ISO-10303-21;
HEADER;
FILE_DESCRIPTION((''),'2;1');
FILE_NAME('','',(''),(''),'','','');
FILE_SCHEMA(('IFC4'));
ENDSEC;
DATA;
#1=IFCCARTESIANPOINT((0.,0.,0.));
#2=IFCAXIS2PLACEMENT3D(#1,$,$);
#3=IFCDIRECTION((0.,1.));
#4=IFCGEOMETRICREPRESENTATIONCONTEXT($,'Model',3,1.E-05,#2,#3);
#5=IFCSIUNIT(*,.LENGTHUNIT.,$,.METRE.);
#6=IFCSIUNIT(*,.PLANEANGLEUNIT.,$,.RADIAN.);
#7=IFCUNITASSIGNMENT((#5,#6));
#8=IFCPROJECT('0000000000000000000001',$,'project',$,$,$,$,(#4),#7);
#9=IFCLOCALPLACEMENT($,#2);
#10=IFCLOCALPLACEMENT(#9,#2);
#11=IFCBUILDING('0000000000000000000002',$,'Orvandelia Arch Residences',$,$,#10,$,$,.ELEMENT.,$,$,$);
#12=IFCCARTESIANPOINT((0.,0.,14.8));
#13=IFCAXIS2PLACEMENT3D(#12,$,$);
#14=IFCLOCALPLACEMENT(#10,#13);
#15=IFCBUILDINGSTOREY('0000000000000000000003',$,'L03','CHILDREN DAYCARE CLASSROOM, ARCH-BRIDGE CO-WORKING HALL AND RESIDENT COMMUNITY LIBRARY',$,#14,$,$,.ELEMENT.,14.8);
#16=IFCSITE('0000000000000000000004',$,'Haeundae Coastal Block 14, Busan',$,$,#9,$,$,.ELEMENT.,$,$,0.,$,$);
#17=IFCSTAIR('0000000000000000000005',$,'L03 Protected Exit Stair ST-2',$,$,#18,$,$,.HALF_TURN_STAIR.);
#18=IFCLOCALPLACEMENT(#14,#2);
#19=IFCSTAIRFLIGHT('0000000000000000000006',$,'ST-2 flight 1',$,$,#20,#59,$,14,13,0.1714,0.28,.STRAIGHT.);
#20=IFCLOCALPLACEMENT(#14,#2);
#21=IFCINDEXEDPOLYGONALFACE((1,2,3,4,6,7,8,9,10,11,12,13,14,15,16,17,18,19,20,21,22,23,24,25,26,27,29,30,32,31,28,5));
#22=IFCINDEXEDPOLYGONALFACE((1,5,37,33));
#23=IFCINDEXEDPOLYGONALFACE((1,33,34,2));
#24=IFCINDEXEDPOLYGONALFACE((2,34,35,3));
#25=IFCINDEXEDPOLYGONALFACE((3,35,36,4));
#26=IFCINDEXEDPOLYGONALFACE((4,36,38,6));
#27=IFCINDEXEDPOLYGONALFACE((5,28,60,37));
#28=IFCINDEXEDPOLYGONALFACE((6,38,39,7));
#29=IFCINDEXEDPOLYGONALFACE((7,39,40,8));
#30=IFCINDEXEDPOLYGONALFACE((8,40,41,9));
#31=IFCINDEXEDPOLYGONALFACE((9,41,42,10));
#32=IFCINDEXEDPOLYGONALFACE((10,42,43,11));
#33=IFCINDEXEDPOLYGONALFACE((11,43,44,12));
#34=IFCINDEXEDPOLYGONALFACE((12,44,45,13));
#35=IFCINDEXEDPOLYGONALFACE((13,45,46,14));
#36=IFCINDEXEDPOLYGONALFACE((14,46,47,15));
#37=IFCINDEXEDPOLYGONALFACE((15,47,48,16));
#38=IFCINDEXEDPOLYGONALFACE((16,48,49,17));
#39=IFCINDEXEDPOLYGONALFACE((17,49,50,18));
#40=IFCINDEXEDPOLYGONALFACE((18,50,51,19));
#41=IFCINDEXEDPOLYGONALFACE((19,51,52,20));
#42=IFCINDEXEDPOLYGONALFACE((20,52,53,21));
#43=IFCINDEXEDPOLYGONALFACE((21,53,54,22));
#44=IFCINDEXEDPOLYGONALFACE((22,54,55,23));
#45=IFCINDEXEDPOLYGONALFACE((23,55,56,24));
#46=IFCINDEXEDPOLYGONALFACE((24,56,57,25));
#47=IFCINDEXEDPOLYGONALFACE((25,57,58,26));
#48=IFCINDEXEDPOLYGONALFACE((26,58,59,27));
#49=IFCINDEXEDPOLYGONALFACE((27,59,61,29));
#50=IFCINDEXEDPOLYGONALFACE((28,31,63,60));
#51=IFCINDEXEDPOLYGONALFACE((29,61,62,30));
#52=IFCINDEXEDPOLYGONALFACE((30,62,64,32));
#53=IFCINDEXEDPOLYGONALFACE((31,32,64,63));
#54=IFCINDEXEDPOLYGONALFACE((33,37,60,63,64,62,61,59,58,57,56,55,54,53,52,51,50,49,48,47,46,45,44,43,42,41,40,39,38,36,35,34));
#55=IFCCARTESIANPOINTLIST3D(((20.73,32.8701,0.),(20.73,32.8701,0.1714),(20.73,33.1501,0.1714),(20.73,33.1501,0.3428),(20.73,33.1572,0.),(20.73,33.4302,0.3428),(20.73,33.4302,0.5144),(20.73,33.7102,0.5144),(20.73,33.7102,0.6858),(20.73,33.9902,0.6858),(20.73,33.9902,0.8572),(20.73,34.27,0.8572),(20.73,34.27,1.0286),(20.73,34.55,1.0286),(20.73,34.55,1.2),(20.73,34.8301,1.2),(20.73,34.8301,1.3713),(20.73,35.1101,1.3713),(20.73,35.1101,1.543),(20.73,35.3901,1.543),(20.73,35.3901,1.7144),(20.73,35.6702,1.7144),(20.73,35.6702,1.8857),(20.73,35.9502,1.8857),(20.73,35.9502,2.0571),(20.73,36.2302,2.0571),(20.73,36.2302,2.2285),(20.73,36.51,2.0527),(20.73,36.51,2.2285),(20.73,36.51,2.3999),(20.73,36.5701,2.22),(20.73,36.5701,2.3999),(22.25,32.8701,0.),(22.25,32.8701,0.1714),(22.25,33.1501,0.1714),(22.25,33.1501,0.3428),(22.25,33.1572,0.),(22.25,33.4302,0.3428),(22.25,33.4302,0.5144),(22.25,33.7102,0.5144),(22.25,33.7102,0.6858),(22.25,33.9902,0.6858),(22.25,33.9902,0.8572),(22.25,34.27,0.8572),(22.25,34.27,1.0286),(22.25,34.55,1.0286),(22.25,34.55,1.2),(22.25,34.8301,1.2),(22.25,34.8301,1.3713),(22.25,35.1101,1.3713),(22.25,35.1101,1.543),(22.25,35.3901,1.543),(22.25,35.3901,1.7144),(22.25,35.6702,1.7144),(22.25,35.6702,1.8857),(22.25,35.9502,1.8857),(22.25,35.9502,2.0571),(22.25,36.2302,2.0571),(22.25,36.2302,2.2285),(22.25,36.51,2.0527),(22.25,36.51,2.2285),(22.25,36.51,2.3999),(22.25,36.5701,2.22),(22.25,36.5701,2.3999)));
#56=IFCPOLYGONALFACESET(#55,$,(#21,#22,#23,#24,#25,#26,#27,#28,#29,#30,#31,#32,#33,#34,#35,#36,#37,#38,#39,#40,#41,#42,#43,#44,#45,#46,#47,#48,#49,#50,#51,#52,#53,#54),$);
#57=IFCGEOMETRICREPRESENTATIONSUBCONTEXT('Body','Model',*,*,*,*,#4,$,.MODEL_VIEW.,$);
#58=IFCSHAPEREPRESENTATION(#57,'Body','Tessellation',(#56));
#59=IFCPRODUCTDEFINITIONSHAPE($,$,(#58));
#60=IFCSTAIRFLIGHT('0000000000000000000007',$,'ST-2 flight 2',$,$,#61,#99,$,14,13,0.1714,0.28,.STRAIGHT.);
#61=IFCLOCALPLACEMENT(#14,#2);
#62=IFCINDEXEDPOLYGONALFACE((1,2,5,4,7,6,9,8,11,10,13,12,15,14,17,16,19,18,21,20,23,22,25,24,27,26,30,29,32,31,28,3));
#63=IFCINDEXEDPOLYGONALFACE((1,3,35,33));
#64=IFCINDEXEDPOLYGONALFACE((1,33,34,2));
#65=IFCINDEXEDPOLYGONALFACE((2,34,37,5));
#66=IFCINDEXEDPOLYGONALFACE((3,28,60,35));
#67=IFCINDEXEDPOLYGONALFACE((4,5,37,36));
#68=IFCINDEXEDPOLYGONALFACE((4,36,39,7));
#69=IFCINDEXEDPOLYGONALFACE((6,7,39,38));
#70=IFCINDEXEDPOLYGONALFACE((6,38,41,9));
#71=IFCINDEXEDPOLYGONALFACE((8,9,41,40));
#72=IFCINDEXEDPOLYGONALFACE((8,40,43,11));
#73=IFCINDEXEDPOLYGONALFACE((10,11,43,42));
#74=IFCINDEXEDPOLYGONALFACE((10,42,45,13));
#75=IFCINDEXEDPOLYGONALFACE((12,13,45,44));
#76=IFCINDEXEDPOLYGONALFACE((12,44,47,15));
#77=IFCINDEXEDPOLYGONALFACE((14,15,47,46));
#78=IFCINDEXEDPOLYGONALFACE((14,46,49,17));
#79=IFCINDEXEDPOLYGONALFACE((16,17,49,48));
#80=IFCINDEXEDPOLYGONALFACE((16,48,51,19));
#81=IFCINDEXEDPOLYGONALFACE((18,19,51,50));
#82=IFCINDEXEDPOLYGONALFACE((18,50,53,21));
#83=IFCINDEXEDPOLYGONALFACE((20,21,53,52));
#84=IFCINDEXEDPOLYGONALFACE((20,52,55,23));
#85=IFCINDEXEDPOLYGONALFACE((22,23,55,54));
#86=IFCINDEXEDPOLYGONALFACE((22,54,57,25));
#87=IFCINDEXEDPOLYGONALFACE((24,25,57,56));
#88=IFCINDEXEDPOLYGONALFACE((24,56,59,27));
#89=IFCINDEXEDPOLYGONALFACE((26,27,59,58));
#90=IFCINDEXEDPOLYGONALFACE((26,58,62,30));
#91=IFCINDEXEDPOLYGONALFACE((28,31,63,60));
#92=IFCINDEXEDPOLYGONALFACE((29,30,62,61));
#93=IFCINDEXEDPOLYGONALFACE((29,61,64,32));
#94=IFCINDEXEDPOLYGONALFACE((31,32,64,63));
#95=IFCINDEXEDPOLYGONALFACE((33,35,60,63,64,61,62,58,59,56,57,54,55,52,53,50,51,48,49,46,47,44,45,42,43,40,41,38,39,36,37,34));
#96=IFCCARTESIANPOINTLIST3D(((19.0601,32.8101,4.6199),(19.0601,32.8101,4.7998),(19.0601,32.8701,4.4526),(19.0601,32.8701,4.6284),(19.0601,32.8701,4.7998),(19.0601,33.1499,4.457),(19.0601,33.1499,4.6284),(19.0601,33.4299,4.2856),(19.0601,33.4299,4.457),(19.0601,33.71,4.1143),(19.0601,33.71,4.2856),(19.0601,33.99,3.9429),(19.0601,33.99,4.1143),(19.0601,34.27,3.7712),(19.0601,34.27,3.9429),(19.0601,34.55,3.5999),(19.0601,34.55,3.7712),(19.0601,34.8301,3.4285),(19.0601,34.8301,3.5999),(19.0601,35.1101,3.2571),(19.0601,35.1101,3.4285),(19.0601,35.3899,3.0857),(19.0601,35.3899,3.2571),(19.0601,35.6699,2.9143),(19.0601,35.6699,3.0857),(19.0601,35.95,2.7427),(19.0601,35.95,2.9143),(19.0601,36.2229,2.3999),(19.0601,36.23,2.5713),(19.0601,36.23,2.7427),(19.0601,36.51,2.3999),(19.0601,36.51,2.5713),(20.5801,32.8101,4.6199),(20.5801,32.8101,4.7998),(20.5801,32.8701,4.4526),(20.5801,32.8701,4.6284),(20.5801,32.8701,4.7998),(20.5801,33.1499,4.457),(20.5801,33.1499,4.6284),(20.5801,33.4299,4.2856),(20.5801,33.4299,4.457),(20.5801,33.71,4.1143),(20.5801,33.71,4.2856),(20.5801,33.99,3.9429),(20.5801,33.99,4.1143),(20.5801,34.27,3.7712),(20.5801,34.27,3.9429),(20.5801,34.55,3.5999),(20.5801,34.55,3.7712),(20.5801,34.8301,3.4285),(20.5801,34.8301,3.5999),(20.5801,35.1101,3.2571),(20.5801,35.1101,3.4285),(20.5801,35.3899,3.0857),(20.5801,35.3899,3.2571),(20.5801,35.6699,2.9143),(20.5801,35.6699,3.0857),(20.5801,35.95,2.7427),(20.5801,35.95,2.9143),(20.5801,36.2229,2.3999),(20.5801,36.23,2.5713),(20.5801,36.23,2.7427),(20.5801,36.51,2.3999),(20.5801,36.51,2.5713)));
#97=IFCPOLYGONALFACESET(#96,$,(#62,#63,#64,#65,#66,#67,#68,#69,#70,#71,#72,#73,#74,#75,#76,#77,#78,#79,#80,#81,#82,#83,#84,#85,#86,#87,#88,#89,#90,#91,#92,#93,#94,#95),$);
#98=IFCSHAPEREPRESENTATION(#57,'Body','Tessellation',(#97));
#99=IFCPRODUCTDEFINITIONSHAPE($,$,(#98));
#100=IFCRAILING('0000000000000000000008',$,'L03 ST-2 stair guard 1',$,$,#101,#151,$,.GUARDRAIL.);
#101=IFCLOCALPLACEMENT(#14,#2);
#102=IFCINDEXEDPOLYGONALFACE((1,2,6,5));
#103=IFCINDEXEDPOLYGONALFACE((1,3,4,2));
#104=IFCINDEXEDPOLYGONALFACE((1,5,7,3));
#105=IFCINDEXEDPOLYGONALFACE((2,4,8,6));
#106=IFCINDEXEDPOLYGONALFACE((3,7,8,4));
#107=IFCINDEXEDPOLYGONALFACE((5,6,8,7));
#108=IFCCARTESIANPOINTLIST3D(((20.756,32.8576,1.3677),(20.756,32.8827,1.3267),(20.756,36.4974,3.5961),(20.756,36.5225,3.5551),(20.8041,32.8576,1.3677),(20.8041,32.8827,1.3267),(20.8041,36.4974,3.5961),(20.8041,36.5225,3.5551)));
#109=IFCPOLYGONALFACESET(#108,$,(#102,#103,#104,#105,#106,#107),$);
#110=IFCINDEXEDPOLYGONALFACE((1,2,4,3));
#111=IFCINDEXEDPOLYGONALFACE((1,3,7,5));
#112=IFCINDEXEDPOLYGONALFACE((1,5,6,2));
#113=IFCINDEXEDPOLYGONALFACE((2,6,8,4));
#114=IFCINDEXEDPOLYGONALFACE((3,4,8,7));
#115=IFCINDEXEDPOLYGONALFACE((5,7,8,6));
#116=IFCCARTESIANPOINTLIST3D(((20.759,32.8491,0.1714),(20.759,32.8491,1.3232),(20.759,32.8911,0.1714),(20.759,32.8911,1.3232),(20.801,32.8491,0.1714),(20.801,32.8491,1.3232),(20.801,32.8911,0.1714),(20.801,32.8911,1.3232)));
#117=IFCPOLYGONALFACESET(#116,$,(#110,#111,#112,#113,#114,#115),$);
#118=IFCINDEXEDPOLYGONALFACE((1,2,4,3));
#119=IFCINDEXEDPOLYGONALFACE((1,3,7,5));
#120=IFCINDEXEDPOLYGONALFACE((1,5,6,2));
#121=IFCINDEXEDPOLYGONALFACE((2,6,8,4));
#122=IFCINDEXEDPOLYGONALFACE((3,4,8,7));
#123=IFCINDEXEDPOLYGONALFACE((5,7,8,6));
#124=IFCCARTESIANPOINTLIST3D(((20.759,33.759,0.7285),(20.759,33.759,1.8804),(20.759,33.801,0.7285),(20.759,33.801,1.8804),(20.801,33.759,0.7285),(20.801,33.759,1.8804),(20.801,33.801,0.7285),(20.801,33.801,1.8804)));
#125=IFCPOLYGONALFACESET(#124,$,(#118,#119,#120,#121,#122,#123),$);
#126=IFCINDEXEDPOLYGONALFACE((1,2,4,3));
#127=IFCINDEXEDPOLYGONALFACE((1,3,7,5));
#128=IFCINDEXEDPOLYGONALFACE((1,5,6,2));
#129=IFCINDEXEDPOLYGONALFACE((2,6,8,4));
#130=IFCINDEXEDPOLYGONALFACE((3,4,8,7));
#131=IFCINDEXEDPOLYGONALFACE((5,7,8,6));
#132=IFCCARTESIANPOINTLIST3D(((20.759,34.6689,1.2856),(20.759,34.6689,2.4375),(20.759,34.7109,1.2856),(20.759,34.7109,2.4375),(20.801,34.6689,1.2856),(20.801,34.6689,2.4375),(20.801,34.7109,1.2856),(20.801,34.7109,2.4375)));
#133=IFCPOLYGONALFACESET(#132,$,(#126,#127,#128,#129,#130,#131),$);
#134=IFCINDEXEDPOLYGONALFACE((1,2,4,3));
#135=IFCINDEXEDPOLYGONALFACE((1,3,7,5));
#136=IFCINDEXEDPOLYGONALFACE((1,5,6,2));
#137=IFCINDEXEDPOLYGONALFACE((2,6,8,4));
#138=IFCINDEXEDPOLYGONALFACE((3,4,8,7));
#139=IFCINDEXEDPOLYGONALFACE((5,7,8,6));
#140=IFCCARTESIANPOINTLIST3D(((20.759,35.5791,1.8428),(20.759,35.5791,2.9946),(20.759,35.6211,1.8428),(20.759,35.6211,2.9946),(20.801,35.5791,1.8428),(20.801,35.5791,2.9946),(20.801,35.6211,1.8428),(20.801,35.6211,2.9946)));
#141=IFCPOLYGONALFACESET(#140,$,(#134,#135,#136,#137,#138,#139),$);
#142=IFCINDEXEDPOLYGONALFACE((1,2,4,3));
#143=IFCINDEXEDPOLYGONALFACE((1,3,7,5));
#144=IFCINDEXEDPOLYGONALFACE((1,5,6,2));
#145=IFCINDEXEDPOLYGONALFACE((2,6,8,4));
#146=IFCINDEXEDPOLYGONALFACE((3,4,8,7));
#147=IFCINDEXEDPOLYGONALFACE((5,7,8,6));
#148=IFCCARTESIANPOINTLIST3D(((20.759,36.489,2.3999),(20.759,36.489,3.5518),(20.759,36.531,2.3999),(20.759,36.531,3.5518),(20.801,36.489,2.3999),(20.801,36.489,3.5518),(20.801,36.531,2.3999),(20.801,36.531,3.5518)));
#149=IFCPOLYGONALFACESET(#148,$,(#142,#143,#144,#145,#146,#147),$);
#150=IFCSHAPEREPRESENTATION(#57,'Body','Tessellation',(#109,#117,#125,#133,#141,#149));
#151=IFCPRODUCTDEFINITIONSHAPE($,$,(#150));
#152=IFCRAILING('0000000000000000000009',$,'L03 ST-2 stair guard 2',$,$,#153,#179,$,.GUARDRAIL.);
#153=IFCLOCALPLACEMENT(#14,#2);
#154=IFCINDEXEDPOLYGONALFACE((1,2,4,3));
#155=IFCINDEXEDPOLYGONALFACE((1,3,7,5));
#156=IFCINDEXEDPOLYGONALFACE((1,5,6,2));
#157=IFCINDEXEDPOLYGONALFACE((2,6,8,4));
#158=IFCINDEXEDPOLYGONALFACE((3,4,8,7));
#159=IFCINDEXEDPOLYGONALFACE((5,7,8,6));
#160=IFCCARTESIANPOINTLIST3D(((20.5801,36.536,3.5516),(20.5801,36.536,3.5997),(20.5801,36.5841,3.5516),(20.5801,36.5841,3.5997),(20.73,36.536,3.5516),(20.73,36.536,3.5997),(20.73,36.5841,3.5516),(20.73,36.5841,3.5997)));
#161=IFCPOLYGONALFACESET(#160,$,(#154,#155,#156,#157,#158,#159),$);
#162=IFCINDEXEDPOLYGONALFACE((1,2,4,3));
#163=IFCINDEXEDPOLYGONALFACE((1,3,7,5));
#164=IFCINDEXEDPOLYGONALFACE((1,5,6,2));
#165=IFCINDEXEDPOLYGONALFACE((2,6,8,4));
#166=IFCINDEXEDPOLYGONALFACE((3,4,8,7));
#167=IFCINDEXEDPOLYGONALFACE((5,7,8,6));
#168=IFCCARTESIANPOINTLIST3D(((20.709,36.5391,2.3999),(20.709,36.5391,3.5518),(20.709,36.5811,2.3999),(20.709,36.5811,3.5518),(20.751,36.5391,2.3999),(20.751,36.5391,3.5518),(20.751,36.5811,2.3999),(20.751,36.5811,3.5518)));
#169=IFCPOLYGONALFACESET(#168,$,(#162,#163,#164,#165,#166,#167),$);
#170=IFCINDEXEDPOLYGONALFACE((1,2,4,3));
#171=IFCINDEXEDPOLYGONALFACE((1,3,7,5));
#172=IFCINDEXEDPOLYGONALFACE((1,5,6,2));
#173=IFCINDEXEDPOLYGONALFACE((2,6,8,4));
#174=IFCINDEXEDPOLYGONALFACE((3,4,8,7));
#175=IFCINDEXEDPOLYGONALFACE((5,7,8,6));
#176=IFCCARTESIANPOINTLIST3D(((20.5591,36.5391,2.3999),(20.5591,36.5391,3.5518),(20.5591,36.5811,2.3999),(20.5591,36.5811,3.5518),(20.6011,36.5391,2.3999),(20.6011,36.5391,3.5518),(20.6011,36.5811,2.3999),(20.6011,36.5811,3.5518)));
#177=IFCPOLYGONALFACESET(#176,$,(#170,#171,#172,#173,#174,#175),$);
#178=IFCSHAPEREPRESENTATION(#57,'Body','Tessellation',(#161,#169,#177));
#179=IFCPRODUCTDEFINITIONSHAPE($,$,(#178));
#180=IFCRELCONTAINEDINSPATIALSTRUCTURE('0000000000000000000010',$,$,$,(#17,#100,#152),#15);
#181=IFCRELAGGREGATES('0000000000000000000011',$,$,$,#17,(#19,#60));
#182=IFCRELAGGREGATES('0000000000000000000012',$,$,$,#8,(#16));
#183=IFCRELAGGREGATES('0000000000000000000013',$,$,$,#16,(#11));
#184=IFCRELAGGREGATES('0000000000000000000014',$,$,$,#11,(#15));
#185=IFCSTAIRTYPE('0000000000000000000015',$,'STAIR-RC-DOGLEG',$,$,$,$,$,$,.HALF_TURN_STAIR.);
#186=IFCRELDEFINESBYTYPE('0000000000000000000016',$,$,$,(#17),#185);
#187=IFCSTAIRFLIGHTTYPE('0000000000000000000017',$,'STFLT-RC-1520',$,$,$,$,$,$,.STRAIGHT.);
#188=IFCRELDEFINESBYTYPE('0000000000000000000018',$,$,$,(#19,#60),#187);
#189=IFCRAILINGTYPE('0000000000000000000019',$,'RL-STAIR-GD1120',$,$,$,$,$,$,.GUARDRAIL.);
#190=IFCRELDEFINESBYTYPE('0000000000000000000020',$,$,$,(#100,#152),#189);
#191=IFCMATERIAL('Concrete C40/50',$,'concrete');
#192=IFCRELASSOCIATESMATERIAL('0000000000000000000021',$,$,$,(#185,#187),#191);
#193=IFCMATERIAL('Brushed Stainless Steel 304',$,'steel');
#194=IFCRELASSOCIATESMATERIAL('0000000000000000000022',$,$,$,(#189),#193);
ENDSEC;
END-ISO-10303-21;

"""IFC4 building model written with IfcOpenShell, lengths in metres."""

from ifc_helpers import new_model, si_unit, direction, frame, origin, origin_2d, place, context, subcontext, project, spatial, polyline, rectangle, outline, extrude, material, type_object, element, aggregate, save


model = new_model("IFC4")

# Units and contexts
model_context = context("Model", 3, precision=1e-05, world=origin(), true_north=direction((0.0, 1.0)))
body_context = subcontext(model_context, "Body", "Model", "MODEL_VIEW")
ifc_project = project(units=[si_unit("LENGTHUNIT", "METRE"), si_unit("PLANEANGLEUNIT", "RADIAN")], contexts=[model_context])

# Site, building, storey
site_placement = place(None, origin())
site = spatial("IfcSite", under=ifc_project, at=site_placement, Name="Haeundae Coastal Block 14, Busan", CompositionType="ELEMENT", RefElevation=0.0)
building_placement = place(site_placement, origin())
building = spatial("IfcBuilding", under=site, at=building_placement, Name="Orvandelia Arch Residences", CompositionType="ELEMENT")
storey_placement = place(building_placement, frame((0.0, 0.0, 14.8)))
storey = spatial("IfcBuildingStorey", under=building, at=storey_placement, Name="L03", Description="CHILDREN DAYCARE CLASSROOM, ARCH-BRIDGE CO-WORKING HALL AND RESIDENT COMMUNITY LIBRARY", CompositionType="ELEMENT", Elevation=14.8)

# Stair, stair flights
ifc_material_1 = material(Name="Concrete C40/50", Category="concrete")
stair_type = type_object("IfcStairType", Name="STAIR-RC-DOGLEG", PredefinedType="HALF_TURN_STAIR", material=ifc_material_1)
stair_placement = place(storey_placement, origin())
stair = element("IfcStair", 1, at=stair_placement, inside=storey, type_object=stair_type, Name="L03 Protected Exit Stair ST-2", PredefinedType="HALF_TURN_STAIR")
stair_flight_type = type_object("IfcStairFlightType", Name="STFLT-RC-1520", PredefinedType="STRAIGHT", material=ifc_material_1)
stair_flight_1_placement = place(storey_placement, frame((21.49, 32.8701, 0.0), z_axis=(0.0, 0.0, 1.0), x_axis=(0.0, 1.0, 0.0)))
stair_flight_1 = element("IfcStairFlight", 2, at=stair_flight_1_placement, type_object=stair_flight_type, Name="ST-2 flight 1", NumberOfRisers=14, NumberOfTreads=13, PredefinedType="STRAIGHT", RiserHeight=0.1714, TreadLength=0.28, context=body_context, shape_type="SweptSolid", body=[
    extrude(outline(polyline([(0.0, 0.0), (0.0, 0.1714), (0.28, 0.1714), (0.28, 0.3428), (0.5601, 0.3428), (0.5601, 0.5144), (0.8401, 0.5144), (0.8401, 0.6858), (1.1201, 0.6858), (1.1201, 0.8572), (1.3999, 0.8572), (1.3999, 1.0286), (1.6799, 1.0286), (1.6799, 1.2), (1.96, 1.2), (1.96, 1.3713), (2.24, 1.3713), (2.24, 1.543), (2.52, 1.543), (2.52, 1.7144), (2.8, 1.7144), (2.8, 1.8857), (3.0801, 1.8857), (3.0801, 2.0571), (3.3601, 2.0571), (3.3601, 2.2285), (3.6399, 2.2285), (3.6399, 2.3999), (3.7, 2.3999), (3.7, 2.22), (3.6399, 2.0527), (0.2871, 0.0), (0.0, 0.0)])), frame((0.0, 0.76, 0.0), z_axis=(0.0, -1.0, 0.0), x_axis=(1.0, 0.0, 0.0)), (0.0, 0.0, 1.0), 1.52),
])
stair_flight_2_placement = place(storey_placement, frame((19.8201, 36.51, 2.3999), z_axis=(0.0, 0.0, 1.0), x_axis=(0.0, -1.0, 0.0)))
stair_flight_2 = element("IfcStairFlight", 3, at=stair_flight_2_placement, type_object=stair_flight_type, Name="ST-2 flight 2", NumberOfRisers=14, NumberOfTreads=13, PredefinedType="STRAIGHT", RiserHeight=0.1714, TreadLength=0.28, context=body_context, shape_type="SweptSolid", body=[
    extrude(outline(polyline([(0.0, 0.0), (0.0, 0.1714), (0.28, 0.1714), (0.28, 0.3428), (0.5601, 0.3428), (0.5601, 0.5144), (0.8401, 0.5144), (0.8401, 0.6858), (1.1201, 0.6858), (1.1201, 0.8572), (1.3999, 0.8572), (1.3999, 1.0286), (1.6799, 1.0286), (1.6799, 1.2), (1.96, 1.2), (1.96, 1.3713), (2.24, 1.3713), (2.24, 1.543), (2.52, 1.543), (2.52, 1.7144), (2.8, 1.7144), (2.8, 1.8857), (3.0801, 1.8857), (3.0801, 2.0571), (3.3601, 2.0571), (3.3601, 2.2285), (3.6399, 2.2285), (3.6399, 2.3999), (3.7, 2.3999), (3.7, 2.22), (3.6399, 2.0527), (0.2871, 0.0), (0.0, 0.0)])), frame((0.0, 0.76, 0.0), z_axis=(0.0, -1.0, 0.0), x_axis=(1.0, 0.0, 0.0)), (0.0, 0.0, 1.0), 1.52),
])
aggregate(stair, [stair_flight_1, stair_flight_2])

# Railings
ifc_material_2 = material(Name="Brushed Stainless Steel 304", Category="steel")
railing_type_1 = type_object("IfcRailingType", Name="RL-STAIR-GD1120", PredefinedType="GUARDRAIL", material=ifc_material_2)
railing_1_placement = place(storey_placement, frame((20.78, 32.8701, 0.1714)))
element("IfcRailing", 4, at=railing_1_placement, inside=storey, type_object=railing_type_1, Name="L03 ST-2 stair guard 1", PredefinedType="GUARDRAIL", context=body_context, shape_type="SweptSolid", body=[
    extrude(rectangle(XDim=0.0481, YDim=0.0481, at=origin_2d()), frame((0.0, 0.0, 1.1758), z_axis=(0.0, 0.85285, 0.522156), x_axis=(-1.0, 0.0, 0.0)), (0.0, 0.0, 1.0), 4.2678),
    extrude(rectangle(XDim=0.042, YDim=0.042, at=origin_2d()), origin(), (0.0, 0.0, 1.0), 1.1519),
    extrude(rectangle(XDim=0.042, YDim=0.042, at=origin_2d()), frame((0.0, 0.9099, 0.5571)), (0.0, 0.0, 1.0), 1.1519),
    extrude(rectangle(XDim=0.042, YDim=0.042, at=origin_2d()), frame((0.0, 1.8198, 1.1143)), (0.0, 0.0, 1.0), 1.1519),
    extrude(rectangle(XDim=0.042, YDim=0.042, at=origin_2d()), frame((0.0, 2.73, 1.6714)), (0.0, 0.0, 1.0), 1.1519),
    extrude(rectangle(XDim=0.042, YDim=0.042, at=origin_2d()), frame((0.0, 3.6399, 2.2285)), (0.0, 0.0, 1.0), 1.1519),
])
railing_2_placement = place(storey_placement, frame((20.73, 36.5601, 2.3999)))
element("IfcRailing", 5, at=railing_2_placement, inside=storey, type_object=railing_type_1, Name="L03 ST-2 stair guard 2", PredefinedType="GUARDRAIL", context=body_context, shape_type="SweptSolid", body=[
    extrude(rectangle(XDim=0.0481, YDim=0.0481, at=origin_2d()), frame((0.0, 0.0, 1.1758), z_axis=(-1.0, 0.0, 0.0), x_axis=(0.0, -1.0, 0.0)), (0.0, 0.0, 1.0), 0.1499),
    extrude(rectangle(XDim=0.042, YDim=0.042, at=origin_2d()), origin(), (0.0, 0.0, 1.0), 1.1519),
    extrude(rectangle(XDim=0.042, YDim=0.042, at=origin_2d()), frame((-0.1499, 0.0, 0.0)), (0.0, 0.0, 1.0), 1.1519),
])

save(model, "model.ifc")
